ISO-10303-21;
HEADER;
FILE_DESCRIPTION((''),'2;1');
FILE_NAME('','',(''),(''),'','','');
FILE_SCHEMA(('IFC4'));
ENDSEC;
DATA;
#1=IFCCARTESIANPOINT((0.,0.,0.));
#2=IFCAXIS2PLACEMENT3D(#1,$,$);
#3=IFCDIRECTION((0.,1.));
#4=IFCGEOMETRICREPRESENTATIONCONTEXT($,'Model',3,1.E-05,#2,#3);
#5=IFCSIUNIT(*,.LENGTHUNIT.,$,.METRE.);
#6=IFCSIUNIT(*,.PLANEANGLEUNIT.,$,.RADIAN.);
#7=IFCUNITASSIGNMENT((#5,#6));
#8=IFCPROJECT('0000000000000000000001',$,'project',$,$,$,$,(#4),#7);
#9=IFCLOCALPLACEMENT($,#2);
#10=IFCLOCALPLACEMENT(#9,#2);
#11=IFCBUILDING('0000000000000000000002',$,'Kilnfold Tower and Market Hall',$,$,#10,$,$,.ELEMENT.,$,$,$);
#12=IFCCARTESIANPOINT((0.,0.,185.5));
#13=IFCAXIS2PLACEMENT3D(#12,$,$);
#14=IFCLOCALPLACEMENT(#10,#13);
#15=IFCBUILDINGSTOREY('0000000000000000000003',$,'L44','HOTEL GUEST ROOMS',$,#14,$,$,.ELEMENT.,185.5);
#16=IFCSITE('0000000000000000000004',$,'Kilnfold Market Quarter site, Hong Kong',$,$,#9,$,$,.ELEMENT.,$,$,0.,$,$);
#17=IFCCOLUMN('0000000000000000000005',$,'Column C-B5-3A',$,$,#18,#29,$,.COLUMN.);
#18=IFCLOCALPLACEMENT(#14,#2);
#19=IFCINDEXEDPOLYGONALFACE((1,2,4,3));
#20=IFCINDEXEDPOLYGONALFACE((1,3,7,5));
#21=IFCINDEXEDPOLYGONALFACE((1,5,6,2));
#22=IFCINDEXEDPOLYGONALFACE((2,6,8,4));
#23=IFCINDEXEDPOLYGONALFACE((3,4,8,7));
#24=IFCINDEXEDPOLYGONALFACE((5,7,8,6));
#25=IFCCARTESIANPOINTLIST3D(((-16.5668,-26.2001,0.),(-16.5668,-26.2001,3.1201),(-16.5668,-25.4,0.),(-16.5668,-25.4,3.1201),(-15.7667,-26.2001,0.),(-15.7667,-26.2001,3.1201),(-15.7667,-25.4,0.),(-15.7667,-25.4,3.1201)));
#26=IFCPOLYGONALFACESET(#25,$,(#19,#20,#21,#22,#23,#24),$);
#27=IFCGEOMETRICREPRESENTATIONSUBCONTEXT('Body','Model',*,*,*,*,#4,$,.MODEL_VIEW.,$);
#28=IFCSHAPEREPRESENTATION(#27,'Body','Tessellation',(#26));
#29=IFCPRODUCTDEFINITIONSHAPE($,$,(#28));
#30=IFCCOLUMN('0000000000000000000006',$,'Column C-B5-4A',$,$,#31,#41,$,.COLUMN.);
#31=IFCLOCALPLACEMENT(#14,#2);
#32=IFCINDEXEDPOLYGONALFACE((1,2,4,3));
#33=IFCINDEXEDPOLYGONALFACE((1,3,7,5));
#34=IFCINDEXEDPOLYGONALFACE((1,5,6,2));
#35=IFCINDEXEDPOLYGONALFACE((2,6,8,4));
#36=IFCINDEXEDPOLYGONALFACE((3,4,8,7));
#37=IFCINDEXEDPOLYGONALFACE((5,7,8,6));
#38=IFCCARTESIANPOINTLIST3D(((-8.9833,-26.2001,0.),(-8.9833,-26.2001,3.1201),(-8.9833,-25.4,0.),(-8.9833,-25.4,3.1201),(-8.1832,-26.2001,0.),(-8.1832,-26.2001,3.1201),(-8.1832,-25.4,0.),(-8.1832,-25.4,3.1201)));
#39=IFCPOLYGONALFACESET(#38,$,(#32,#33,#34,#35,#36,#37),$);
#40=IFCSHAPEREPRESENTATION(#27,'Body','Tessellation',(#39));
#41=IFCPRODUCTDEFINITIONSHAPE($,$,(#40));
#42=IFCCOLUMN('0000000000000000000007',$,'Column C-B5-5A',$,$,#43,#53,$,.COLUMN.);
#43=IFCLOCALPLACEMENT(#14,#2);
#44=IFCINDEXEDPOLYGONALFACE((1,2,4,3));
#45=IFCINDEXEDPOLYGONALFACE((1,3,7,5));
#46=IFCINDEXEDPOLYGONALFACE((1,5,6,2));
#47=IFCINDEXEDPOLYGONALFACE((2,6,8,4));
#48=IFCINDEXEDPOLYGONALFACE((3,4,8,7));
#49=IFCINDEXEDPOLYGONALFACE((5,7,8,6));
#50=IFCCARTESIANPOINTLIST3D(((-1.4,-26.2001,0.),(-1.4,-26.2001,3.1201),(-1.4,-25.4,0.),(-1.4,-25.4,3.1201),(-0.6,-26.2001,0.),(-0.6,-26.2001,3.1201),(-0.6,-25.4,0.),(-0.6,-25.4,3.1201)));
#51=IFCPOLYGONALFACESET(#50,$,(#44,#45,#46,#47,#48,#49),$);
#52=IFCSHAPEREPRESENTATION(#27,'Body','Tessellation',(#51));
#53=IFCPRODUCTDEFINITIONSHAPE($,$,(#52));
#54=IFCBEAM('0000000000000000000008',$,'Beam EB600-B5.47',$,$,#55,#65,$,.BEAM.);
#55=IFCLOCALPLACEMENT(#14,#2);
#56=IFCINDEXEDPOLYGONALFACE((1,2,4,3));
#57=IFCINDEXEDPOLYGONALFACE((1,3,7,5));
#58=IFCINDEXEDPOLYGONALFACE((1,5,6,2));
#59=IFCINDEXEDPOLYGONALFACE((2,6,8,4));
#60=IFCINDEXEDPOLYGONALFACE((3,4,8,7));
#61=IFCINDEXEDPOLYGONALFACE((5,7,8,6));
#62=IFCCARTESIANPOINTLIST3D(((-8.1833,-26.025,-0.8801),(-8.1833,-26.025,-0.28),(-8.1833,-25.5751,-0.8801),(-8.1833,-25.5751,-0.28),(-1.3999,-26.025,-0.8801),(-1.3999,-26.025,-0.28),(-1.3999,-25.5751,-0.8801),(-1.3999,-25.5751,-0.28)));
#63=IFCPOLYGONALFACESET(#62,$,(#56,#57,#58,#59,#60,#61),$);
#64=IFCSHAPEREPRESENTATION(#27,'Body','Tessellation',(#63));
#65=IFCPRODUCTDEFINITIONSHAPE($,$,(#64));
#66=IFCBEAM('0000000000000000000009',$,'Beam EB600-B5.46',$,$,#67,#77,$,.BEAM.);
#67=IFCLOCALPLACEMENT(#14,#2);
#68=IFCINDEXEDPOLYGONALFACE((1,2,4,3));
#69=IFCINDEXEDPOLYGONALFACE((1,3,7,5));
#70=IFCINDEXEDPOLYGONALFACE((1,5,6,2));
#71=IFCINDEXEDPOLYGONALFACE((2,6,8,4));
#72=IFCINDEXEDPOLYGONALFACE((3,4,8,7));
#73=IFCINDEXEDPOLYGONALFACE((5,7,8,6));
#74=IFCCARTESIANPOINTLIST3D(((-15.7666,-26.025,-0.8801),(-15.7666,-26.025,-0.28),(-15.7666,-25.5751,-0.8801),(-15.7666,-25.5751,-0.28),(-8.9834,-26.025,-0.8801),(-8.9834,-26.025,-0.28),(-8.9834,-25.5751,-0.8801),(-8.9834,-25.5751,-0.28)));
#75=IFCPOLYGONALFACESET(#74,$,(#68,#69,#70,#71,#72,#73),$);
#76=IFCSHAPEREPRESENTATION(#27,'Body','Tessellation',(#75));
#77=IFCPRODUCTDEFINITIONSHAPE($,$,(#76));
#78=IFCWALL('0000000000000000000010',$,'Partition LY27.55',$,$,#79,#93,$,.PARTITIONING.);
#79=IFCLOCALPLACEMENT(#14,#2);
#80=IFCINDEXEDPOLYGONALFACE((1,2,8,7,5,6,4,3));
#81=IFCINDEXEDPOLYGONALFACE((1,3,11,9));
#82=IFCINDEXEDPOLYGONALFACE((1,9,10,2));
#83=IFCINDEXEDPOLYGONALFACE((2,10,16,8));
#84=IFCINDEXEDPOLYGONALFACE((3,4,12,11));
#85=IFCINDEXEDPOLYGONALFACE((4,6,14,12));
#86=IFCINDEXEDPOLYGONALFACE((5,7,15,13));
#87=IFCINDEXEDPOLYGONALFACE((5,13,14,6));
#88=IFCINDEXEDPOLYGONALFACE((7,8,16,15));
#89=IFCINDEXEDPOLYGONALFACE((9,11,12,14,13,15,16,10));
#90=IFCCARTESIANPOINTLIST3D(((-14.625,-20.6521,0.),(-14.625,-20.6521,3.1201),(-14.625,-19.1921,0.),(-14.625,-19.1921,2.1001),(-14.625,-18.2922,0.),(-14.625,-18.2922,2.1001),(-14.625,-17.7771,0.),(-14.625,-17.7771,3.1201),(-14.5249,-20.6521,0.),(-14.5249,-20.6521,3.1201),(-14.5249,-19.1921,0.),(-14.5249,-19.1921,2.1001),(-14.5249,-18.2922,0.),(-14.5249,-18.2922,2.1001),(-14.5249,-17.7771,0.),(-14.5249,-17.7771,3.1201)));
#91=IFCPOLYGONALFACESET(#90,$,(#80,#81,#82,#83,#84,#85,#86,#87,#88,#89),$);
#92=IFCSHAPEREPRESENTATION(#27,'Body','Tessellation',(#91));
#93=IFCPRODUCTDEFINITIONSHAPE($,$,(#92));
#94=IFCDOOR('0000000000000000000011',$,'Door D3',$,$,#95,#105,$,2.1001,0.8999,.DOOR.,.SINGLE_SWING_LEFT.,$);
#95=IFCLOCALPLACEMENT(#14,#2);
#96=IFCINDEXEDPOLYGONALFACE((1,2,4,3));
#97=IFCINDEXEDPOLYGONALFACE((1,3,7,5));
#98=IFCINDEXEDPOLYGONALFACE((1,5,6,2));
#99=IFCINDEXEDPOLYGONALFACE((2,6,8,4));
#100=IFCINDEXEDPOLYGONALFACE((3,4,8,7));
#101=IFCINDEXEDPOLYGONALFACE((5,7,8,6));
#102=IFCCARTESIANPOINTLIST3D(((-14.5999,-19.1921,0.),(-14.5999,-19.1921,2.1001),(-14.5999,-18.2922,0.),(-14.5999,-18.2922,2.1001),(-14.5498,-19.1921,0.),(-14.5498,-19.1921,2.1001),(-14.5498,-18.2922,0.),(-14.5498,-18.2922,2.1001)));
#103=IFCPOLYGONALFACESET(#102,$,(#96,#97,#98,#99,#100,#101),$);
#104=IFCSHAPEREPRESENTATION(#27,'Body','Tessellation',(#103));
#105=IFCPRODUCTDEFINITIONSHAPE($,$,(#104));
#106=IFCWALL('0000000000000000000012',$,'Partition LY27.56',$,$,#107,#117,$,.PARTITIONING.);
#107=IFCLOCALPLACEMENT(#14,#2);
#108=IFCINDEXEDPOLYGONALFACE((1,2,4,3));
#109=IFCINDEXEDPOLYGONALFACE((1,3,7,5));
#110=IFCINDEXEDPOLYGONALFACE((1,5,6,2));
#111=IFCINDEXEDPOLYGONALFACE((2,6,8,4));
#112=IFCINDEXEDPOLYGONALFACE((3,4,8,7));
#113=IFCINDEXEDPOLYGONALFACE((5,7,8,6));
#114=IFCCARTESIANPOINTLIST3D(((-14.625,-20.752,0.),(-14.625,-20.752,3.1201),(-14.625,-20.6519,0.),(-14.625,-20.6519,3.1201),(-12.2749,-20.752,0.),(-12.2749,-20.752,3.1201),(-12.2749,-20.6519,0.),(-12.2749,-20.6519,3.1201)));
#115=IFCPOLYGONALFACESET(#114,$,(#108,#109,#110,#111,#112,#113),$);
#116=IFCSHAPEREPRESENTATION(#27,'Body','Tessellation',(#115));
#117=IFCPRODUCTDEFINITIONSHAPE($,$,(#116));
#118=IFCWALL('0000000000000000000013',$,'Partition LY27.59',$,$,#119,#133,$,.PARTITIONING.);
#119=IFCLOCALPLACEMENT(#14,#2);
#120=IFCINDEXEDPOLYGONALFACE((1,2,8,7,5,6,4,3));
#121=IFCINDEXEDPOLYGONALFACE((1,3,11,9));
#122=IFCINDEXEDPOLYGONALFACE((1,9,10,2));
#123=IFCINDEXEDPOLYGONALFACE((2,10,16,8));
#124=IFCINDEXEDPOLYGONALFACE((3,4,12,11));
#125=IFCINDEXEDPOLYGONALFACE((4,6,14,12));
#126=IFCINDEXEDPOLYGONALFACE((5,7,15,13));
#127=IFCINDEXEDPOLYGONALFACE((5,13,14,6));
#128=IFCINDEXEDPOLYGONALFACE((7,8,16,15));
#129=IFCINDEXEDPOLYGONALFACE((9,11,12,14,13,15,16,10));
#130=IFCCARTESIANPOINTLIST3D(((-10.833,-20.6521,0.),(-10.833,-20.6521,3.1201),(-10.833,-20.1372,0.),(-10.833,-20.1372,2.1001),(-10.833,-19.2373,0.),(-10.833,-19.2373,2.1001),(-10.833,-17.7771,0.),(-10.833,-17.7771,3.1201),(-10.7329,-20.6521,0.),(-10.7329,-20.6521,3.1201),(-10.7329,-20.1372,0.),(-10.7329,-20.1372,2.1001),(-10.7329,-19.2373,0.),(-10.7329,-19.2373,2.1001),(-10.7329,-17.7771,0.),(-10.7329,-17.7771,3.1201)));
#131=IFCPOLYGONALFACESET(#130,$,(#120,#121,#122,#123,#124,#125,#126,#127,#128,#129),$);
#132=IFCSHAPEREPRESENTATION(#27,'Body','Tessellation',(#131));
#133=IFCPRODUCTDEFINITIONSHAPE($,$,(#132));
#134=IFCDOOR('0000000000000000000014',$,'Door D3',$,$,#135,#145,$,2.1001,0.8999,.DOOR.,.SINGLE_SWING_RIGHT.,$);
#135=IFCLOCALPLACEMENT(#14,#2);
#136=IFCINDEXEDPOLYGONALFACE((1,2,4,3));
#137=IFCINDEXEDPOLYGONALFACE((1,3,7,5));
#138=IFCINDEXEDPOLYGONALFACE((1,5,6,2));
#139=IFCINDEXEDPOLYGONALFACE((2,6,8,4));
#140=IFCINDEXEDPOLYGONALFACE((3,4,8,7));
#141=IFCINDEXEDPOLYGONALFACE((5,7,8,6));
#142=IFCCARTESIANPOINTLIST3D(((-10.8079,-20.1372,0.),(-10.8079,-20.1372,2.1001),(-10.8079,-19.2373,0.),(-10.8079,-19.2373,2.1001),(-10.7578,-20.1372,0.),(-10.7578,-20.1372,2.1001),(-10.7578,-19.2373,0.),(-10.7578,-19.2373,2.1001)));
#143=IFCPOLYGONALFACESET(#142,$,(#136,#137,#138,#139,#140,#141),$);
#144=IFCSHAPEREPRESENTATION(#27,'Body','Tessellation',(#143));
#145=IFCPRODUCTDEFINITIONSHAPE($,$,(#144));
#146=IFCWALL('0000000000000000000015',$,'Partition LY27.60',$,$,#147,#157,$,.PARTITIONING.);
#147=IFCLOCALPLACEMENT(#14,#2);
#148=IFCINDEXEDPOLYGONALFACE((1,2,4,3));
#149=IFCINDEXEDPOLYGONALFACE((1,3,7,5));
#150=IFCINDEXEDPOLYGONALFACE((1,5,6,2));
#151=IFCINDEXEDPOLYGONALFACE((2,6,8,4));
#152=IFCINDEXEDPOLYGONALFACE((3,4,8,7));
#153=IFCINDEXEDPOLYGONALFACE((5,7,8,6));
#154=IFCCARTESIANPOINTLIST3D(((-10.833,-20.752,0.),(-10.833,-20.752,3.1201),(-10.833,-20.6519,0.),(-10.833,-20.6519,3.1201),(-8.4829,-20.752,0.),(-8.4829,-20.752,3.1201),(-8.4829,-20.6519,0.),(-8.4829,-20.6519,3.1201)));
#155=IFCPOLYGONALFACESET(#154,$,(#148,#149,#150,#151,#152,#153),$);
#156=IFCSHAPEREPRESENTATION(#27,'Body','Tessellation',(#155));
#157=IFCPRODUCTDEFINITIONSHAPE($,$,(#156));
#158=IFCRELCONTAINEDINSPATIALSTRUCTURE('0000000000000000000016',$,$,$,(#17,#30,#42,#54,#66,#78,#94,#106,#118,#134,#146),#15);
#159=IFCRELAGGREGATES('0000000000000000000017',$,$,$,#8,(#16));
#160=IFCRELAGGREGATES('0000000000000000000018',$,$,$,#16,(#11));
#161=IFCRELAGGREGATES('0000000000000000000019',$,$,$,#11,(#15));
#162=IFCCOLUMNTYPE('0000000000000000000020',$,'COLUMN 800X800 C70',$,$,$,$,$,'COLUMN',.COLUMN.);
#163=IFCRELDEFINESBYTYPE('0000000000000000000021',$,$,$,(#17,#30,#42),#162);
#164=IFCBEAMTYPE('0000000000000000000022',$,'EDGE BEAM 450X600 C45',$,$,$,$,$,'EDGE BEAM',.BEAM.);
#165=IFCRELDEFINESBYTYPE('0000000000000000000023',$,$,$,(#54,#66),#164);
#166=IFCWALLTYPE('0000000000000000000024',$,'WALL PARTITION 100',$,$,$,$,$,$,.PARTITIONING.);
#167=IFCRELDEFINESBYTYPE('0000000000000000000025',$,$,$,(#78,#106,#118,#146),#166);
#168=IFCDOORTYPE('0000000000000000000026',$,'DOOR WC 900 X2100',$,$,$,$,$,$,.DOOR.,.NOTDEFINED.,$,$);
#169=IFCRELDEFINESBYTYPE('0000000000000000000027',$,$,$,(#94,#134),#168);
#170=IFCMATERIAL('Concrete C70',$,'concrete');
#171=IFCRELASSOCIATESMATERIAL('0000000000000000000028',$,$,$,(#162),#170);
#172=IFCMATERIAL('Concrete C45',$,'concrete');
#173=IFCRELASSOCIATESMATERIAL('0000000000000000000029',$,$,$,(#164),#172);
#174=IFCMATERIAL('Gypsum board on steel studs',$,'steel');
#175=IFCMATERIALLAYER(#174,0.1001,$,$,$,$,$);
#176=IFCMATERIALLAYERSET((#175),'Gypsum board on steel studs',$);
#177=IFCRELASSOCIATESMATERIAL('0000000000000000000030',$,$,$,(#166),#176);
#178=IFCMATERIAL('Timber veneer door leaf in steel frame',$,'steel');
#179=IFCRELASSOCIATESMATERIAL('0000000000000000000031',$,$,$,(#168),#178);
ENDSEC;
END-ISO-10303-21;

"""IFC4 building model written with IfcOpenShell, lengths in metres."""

from ifc_helpers import new_model, si_unit, direction, frame, frame_2d, origin, origin_2d, place, context, subcontext, project, spatial, rectangle, extrude, source, transform, mapped, material, layer, layer_set, material_profile, profile_set, type_object, element, fill, save


model = new_model("IFC4")

# Units and contexts
model_context = context("Model", 3, precision=1e-05, world=origin(), true_north=direction((0.0, 1.0)))
body_context = subcontext(model_context, "Body", "Model", "MODEL_VIEW")
ifc_project = project(units=[si_unit("LENGTHUNIT", "METRE"), si_unit("PLANEANGLEUNIT", "RADIAN")], contexts=[model_context])

# Site, building, storey
site_placement = place(None, origin())
site = spatial("IfcSite", under=ifc_project, at=site_placement, Name="Kilnfold Market Quarter site, Hong Kong", CompositionType="ELEMENT", RefElevation=0.0)
building_placement = place(site_placement, origin())
building = spatial("IfcBuilding", under=site, at=building_placement, Name="Kilnfold Tower and Market Hall", CompositionType="ELEMENT")
storey_placement = place(building_placement, frame((0.0, 0.0, 185.5)))
storey = spatial("IfcBuildingStorey", under=building, at=storey_placement, Name="L44", Description="HOTEL GUEST ROOMS", CompositionType="ELEMENT", Elevation=185.5)

# Columns
ifc_material_1 = material(Name="Concrete C70", Category="concrete")
ifc_material_profile_1 = material_profile(ifc_material_1, rectangle(XDim=0.8, YDim=0.8, at=origin_2d()), Name="RC 800x800")
ifc_profile_set_1 = profile_set([ifc_material_profile_1], Name="Concrete C70")
column_type = type_object("IfcColumnType", Name="COLUMN 800X800 C70", ElementType="COLUMN", PredefinedType="COLUMN", material=ifc_profile_set_1)
shared_shape_1 = source(origin(), body_context, "Body", "SweptSolid", [
    extrude(rectangle(XDim=0.8, YDim=0.8, at=origin_2d()), origin(), (0.0, 0.0, 1.0), 3.1201),
])
for number, where, z_axis, x_axis, name in (
    (1, (-16.1667, -25.8, 0.0), (0.0, 0.0, 1.0), (1.0, 0.0, 0.0), "Column C-B5-3A"),
    (2, (-8.5833, -25.8, 0.0), (0.0, 0.0, 1.0), (1.0, 0.0, 0.0), "Column C-B5-4A"),
    (3, (-1.0, -25.8, 0.0), (0.0, 0.0, 1.0), (1.0, 0.0, 0.0), "Column C-B5-5A"),
):
    element("IfcColumn", number, at=place(storey_placement, frame(where, z_axis=z_axis, x_axis=x_axis)), inside=storey, type_object=column_type, Name=name, PredefinedType="COLUMN", context=body_context, shape_type="MappedRepresentation", body=[
        mapped(shared_shape_1, transform((0.0, 0.0, 0.0))),
    ])

# Beams
ifc_material_2 = material(Name="Concrete C45", Category="concrete")
ifc_material_profile_2 = material_profile(ifc_material_2, rectangle(XDim=0.45, YDim=0.6001, at=origin_2d()), Name="RC 450x600")
ifc_profile_set_2 = profile_set([ifc_material_profile_2], Name="Concrete C45")
beam_type = type_object("IfcBeamType", Name="EDGE BEAM 450X600 C45", ElementType="EDGE BEAM", PredefinedType="BEAM", material=ifc_profile_set_2)
shared_shape_2 = source(origin(), body_context, "Body", "SweptSolid", [
    extrude(rectangle(XDim=0.45, YDim=0.6001, at=origin_2d()), origin(), (0.0, 0.0, 1.0), 6.7834),
])
beam_1_placement = place(storey_placement, frame((-8.1833, -25.8, -0.5801), z_axis=(1.0, 0.0, 0.0), x_axis=(0.0, 1.0, 0.0)))
element("IfcBeam", 4, at=beam_1_placement, inside=storey, type_object=beam_type, Name="Beam EB600-B5.47", PredefinedType="BEAM", context=body_context, shape_type="MappedRepresentation", body=[
    mapped(shared_shape_2, transform((0.0, 0.0, 0.0))),
])
shared_shape_3 = source(origin(), body_context, "Body", "SweptSolid", [
    extrude(rectangle(XDim=0.45, YDim=0.6001, at=origin_2d()), origin(), (0.0, 0.0, 1.0), 6.7832),
])
beam_2_placement = place(storey_placement, frame((-15.7666, -25.8, -0.5801), z_axis=(1.0, 0.0, 0.0), x_axis=(0.0, 1.0, 0.0)))
element("IfcBeam", 5, at=beam_2_placement, inside=storey, type_object=beam_type, Name="Beam EB600-B5.46", PredefinedType="BEAM", context=body_context, shape_type="MappedRepresentation", body=[
    mapped(shared_shape_3, transform((0.0, 0.0, 0.0))),
])

# Wall, opening, door
ifc_material_3 = material(Name="Gypsum board on steel studs", Category="steel")
ifc_layer_1 = layer(ifc_material_3, 0.1001)
ifc_layer_set_1 = layer_set([ifc_layer_1], Name="Gypsum board on steel studs")
wall_type_1 = type_object("IfcWallType", Name="WALL PARTITION 100", PredefinedType="PARTITIONING", material=ifc_layer_set_1)
wall_1_placement = place(storey_placement, frame((-14.575, -20.6521, 0.0), z_axis=(0.0, 0.0, 1.0), x_axis=(0.0, 1.0, 0.0)))
wall_1 = element("IfcWall", 6, at=wall_1_placement, inside=storey, type_object=wall_type_1, Name="Partition LY27.55", PredefinedType="PARTITIONING", context=body_context, shape_type="SweptSolid", body=[
    extrude(rectangle(XDim=2.875, YDim=0.1001, at=frame_2d((1.4375, 0.0))), origin(), (0.0, 0.0, 1.0), 3.1201),
])
opening_1_placement = place(wall_1_placement, frame((1.46, 0.0, 0.0)))
opening_1 = element("IfcOpeningElement", 7, at=opening_1_placement, cuts=wall_1, PredefinedType="OPENING", context=body_context, shape_type="SweptSolid", body=[
    extrude(rectangle(XDim=0.8999, YDim=2.1001, at=frame_2d((0.45, 1.05))), frame((0.0, 0.0601, 0.0), z_axis=(0.0, -1.0, 0.0), x_axis=(1.0, 0.0, 0.0)), (0.0, 0.0, 1.0), 0.1201),
])
ifc_material_4 = material(Name="Timber veneer door leaf in steel frame", Category="steel")
door_type = type_object("IfcDoorType", Name="DOOR WC 900 X2100", OperationType="NOTDEFINED", PredefinedType="DOOR", material=ifc_material_4)
door_1_placement = place(opening_1_placement, origin())
door_1 = element("IfcDoor", 8, at=door_1_placement, inside=storey, type_object=door_type, Name="Door D3", OperationType="SINGLE_SWING_LEFT", OverallHeight=2.1001, OverallWidth=0.8999, PredefinedType="DOOR", context=body_context, shape_type="SweptSolid", body=[
    extrude(rectangle(XDim=0.8999, YDim=2.1001, at=frame_2d((0.45, 1.05))), frame((0.0, 0.0249, 0.0), z_axis=(0.0, -1.0, 0.0), x_axis=(1.0, 0.0, 0.0)), (0.0, 0.0, 1.0), 0.05),
])
fill(opening_1, door_1)

# Wall
wall_2_placement = place(storey_placement, frame((-14.625, -20.7019, 0.0), z_axis=(0.0, 0.0, 1.0), x_axis=(1.0, 0.0, 0.0)))
element("IfcWall", 9, at=wall_2_placement, inside=storey, type_object=wall_type_1, Name="Partition LY27.56", PredefinedType="PARTITIONING", context=body_context, shape_type="SweptSolid", body=[
    extrude(rectangle(XDim=2.3501, YDim=0.1001, at=frame_2d((1.175, 0.0))), origin(), (0.0, 0.0, 1.0), 3.1201),
])

# Wall, opening, door
wall_3_placement = place(storey_placement, frame((-10.783, -20.6521, 0.0), z_axis=(0.0, 0.0, 1.0), x_axis=(0.0, 1.0, 0.0)))
wall_3 = element("IfcWall", 10, at=wall_3_placement, inside=storey, type_object=wall_type_1, Name="Partition LY27.59", PredefinedType="PARTITIONING", context=body_context, shape_type="SweptSolid", body=[
    extrude(rectangle(XDim=2.875, YDim=0.1001, at=frame_2d((1.4375, 0.0))), origin(), (0.0, 0.0, 1.0), 3.1201),
])
opening_2_placement = place(wall_3_placement, frame((0.5149, 0.0, 0.0)))
opening_2 = element("IfcOpeningElement", 11, at=opening_2_placement, cuts=wall_3, PredefinedType="OPENING", context=body_context, shape_type="SweptSolid", body=[
    extrude(rectangle(XDim=0.8999, YDim=2.1001, at=frame_2d((0.45, 1.05))), frame((0.0, 0.0601, 0.0), z_axis=(0.0, -1.0, 0.0), x_axis=(1.0, 0.0, 0.0)), (0.0, 0.0, 1.0), 0.1201),
])
door_2_placement = place(opening_2_placement, origin())
door_2 = element("IfcDoor", 12, at=door_2_placement, inside=storey, type_object=door_type, Name="Door D3", OperationType="SINGLE_SWING_RIGHT", OverallHeight=2.1001, OverallWidth=0.8999, PredefinedType="DOOR", context=body_context, shape_type="SweptSolid", body=[
    extrude(rectangle(XDim=0.8999, YDim=2.1001, at=frame_2d((0.45, 1.05))), frame((0.0, 0.0249, 0.0), z_axis=(0.0, -1.0, 0.0), x_axis=(1.0, 0.0, 0.0)), (0.0, 0.0, 1.0), 0.05),
])
fill(opening_2, door_2)

# Wall
wall_4_placement = place(storey_placement, frame((-10.833, -20.7019, 0.0), z_axis=(0.0, 0.0, 1.0), x_axis=(1.0, 0.0, 0.0)))
element("IfcWall", 13, at=wall_4_placement, inside=storey, type_object=wall_type_1, Name="Partition LY27.60", PredefinedType="PARTITIONING", context=body_context, shape_type="SweptSolid", body=[
    extrude(rectangle(XDim=2.3501, YDim=0.1001, at=frame_2d((1.175, 0.0))), origin(), (0.0, 0.0, 1.0), 3.1201),
])

save(model, "model.ifc")
